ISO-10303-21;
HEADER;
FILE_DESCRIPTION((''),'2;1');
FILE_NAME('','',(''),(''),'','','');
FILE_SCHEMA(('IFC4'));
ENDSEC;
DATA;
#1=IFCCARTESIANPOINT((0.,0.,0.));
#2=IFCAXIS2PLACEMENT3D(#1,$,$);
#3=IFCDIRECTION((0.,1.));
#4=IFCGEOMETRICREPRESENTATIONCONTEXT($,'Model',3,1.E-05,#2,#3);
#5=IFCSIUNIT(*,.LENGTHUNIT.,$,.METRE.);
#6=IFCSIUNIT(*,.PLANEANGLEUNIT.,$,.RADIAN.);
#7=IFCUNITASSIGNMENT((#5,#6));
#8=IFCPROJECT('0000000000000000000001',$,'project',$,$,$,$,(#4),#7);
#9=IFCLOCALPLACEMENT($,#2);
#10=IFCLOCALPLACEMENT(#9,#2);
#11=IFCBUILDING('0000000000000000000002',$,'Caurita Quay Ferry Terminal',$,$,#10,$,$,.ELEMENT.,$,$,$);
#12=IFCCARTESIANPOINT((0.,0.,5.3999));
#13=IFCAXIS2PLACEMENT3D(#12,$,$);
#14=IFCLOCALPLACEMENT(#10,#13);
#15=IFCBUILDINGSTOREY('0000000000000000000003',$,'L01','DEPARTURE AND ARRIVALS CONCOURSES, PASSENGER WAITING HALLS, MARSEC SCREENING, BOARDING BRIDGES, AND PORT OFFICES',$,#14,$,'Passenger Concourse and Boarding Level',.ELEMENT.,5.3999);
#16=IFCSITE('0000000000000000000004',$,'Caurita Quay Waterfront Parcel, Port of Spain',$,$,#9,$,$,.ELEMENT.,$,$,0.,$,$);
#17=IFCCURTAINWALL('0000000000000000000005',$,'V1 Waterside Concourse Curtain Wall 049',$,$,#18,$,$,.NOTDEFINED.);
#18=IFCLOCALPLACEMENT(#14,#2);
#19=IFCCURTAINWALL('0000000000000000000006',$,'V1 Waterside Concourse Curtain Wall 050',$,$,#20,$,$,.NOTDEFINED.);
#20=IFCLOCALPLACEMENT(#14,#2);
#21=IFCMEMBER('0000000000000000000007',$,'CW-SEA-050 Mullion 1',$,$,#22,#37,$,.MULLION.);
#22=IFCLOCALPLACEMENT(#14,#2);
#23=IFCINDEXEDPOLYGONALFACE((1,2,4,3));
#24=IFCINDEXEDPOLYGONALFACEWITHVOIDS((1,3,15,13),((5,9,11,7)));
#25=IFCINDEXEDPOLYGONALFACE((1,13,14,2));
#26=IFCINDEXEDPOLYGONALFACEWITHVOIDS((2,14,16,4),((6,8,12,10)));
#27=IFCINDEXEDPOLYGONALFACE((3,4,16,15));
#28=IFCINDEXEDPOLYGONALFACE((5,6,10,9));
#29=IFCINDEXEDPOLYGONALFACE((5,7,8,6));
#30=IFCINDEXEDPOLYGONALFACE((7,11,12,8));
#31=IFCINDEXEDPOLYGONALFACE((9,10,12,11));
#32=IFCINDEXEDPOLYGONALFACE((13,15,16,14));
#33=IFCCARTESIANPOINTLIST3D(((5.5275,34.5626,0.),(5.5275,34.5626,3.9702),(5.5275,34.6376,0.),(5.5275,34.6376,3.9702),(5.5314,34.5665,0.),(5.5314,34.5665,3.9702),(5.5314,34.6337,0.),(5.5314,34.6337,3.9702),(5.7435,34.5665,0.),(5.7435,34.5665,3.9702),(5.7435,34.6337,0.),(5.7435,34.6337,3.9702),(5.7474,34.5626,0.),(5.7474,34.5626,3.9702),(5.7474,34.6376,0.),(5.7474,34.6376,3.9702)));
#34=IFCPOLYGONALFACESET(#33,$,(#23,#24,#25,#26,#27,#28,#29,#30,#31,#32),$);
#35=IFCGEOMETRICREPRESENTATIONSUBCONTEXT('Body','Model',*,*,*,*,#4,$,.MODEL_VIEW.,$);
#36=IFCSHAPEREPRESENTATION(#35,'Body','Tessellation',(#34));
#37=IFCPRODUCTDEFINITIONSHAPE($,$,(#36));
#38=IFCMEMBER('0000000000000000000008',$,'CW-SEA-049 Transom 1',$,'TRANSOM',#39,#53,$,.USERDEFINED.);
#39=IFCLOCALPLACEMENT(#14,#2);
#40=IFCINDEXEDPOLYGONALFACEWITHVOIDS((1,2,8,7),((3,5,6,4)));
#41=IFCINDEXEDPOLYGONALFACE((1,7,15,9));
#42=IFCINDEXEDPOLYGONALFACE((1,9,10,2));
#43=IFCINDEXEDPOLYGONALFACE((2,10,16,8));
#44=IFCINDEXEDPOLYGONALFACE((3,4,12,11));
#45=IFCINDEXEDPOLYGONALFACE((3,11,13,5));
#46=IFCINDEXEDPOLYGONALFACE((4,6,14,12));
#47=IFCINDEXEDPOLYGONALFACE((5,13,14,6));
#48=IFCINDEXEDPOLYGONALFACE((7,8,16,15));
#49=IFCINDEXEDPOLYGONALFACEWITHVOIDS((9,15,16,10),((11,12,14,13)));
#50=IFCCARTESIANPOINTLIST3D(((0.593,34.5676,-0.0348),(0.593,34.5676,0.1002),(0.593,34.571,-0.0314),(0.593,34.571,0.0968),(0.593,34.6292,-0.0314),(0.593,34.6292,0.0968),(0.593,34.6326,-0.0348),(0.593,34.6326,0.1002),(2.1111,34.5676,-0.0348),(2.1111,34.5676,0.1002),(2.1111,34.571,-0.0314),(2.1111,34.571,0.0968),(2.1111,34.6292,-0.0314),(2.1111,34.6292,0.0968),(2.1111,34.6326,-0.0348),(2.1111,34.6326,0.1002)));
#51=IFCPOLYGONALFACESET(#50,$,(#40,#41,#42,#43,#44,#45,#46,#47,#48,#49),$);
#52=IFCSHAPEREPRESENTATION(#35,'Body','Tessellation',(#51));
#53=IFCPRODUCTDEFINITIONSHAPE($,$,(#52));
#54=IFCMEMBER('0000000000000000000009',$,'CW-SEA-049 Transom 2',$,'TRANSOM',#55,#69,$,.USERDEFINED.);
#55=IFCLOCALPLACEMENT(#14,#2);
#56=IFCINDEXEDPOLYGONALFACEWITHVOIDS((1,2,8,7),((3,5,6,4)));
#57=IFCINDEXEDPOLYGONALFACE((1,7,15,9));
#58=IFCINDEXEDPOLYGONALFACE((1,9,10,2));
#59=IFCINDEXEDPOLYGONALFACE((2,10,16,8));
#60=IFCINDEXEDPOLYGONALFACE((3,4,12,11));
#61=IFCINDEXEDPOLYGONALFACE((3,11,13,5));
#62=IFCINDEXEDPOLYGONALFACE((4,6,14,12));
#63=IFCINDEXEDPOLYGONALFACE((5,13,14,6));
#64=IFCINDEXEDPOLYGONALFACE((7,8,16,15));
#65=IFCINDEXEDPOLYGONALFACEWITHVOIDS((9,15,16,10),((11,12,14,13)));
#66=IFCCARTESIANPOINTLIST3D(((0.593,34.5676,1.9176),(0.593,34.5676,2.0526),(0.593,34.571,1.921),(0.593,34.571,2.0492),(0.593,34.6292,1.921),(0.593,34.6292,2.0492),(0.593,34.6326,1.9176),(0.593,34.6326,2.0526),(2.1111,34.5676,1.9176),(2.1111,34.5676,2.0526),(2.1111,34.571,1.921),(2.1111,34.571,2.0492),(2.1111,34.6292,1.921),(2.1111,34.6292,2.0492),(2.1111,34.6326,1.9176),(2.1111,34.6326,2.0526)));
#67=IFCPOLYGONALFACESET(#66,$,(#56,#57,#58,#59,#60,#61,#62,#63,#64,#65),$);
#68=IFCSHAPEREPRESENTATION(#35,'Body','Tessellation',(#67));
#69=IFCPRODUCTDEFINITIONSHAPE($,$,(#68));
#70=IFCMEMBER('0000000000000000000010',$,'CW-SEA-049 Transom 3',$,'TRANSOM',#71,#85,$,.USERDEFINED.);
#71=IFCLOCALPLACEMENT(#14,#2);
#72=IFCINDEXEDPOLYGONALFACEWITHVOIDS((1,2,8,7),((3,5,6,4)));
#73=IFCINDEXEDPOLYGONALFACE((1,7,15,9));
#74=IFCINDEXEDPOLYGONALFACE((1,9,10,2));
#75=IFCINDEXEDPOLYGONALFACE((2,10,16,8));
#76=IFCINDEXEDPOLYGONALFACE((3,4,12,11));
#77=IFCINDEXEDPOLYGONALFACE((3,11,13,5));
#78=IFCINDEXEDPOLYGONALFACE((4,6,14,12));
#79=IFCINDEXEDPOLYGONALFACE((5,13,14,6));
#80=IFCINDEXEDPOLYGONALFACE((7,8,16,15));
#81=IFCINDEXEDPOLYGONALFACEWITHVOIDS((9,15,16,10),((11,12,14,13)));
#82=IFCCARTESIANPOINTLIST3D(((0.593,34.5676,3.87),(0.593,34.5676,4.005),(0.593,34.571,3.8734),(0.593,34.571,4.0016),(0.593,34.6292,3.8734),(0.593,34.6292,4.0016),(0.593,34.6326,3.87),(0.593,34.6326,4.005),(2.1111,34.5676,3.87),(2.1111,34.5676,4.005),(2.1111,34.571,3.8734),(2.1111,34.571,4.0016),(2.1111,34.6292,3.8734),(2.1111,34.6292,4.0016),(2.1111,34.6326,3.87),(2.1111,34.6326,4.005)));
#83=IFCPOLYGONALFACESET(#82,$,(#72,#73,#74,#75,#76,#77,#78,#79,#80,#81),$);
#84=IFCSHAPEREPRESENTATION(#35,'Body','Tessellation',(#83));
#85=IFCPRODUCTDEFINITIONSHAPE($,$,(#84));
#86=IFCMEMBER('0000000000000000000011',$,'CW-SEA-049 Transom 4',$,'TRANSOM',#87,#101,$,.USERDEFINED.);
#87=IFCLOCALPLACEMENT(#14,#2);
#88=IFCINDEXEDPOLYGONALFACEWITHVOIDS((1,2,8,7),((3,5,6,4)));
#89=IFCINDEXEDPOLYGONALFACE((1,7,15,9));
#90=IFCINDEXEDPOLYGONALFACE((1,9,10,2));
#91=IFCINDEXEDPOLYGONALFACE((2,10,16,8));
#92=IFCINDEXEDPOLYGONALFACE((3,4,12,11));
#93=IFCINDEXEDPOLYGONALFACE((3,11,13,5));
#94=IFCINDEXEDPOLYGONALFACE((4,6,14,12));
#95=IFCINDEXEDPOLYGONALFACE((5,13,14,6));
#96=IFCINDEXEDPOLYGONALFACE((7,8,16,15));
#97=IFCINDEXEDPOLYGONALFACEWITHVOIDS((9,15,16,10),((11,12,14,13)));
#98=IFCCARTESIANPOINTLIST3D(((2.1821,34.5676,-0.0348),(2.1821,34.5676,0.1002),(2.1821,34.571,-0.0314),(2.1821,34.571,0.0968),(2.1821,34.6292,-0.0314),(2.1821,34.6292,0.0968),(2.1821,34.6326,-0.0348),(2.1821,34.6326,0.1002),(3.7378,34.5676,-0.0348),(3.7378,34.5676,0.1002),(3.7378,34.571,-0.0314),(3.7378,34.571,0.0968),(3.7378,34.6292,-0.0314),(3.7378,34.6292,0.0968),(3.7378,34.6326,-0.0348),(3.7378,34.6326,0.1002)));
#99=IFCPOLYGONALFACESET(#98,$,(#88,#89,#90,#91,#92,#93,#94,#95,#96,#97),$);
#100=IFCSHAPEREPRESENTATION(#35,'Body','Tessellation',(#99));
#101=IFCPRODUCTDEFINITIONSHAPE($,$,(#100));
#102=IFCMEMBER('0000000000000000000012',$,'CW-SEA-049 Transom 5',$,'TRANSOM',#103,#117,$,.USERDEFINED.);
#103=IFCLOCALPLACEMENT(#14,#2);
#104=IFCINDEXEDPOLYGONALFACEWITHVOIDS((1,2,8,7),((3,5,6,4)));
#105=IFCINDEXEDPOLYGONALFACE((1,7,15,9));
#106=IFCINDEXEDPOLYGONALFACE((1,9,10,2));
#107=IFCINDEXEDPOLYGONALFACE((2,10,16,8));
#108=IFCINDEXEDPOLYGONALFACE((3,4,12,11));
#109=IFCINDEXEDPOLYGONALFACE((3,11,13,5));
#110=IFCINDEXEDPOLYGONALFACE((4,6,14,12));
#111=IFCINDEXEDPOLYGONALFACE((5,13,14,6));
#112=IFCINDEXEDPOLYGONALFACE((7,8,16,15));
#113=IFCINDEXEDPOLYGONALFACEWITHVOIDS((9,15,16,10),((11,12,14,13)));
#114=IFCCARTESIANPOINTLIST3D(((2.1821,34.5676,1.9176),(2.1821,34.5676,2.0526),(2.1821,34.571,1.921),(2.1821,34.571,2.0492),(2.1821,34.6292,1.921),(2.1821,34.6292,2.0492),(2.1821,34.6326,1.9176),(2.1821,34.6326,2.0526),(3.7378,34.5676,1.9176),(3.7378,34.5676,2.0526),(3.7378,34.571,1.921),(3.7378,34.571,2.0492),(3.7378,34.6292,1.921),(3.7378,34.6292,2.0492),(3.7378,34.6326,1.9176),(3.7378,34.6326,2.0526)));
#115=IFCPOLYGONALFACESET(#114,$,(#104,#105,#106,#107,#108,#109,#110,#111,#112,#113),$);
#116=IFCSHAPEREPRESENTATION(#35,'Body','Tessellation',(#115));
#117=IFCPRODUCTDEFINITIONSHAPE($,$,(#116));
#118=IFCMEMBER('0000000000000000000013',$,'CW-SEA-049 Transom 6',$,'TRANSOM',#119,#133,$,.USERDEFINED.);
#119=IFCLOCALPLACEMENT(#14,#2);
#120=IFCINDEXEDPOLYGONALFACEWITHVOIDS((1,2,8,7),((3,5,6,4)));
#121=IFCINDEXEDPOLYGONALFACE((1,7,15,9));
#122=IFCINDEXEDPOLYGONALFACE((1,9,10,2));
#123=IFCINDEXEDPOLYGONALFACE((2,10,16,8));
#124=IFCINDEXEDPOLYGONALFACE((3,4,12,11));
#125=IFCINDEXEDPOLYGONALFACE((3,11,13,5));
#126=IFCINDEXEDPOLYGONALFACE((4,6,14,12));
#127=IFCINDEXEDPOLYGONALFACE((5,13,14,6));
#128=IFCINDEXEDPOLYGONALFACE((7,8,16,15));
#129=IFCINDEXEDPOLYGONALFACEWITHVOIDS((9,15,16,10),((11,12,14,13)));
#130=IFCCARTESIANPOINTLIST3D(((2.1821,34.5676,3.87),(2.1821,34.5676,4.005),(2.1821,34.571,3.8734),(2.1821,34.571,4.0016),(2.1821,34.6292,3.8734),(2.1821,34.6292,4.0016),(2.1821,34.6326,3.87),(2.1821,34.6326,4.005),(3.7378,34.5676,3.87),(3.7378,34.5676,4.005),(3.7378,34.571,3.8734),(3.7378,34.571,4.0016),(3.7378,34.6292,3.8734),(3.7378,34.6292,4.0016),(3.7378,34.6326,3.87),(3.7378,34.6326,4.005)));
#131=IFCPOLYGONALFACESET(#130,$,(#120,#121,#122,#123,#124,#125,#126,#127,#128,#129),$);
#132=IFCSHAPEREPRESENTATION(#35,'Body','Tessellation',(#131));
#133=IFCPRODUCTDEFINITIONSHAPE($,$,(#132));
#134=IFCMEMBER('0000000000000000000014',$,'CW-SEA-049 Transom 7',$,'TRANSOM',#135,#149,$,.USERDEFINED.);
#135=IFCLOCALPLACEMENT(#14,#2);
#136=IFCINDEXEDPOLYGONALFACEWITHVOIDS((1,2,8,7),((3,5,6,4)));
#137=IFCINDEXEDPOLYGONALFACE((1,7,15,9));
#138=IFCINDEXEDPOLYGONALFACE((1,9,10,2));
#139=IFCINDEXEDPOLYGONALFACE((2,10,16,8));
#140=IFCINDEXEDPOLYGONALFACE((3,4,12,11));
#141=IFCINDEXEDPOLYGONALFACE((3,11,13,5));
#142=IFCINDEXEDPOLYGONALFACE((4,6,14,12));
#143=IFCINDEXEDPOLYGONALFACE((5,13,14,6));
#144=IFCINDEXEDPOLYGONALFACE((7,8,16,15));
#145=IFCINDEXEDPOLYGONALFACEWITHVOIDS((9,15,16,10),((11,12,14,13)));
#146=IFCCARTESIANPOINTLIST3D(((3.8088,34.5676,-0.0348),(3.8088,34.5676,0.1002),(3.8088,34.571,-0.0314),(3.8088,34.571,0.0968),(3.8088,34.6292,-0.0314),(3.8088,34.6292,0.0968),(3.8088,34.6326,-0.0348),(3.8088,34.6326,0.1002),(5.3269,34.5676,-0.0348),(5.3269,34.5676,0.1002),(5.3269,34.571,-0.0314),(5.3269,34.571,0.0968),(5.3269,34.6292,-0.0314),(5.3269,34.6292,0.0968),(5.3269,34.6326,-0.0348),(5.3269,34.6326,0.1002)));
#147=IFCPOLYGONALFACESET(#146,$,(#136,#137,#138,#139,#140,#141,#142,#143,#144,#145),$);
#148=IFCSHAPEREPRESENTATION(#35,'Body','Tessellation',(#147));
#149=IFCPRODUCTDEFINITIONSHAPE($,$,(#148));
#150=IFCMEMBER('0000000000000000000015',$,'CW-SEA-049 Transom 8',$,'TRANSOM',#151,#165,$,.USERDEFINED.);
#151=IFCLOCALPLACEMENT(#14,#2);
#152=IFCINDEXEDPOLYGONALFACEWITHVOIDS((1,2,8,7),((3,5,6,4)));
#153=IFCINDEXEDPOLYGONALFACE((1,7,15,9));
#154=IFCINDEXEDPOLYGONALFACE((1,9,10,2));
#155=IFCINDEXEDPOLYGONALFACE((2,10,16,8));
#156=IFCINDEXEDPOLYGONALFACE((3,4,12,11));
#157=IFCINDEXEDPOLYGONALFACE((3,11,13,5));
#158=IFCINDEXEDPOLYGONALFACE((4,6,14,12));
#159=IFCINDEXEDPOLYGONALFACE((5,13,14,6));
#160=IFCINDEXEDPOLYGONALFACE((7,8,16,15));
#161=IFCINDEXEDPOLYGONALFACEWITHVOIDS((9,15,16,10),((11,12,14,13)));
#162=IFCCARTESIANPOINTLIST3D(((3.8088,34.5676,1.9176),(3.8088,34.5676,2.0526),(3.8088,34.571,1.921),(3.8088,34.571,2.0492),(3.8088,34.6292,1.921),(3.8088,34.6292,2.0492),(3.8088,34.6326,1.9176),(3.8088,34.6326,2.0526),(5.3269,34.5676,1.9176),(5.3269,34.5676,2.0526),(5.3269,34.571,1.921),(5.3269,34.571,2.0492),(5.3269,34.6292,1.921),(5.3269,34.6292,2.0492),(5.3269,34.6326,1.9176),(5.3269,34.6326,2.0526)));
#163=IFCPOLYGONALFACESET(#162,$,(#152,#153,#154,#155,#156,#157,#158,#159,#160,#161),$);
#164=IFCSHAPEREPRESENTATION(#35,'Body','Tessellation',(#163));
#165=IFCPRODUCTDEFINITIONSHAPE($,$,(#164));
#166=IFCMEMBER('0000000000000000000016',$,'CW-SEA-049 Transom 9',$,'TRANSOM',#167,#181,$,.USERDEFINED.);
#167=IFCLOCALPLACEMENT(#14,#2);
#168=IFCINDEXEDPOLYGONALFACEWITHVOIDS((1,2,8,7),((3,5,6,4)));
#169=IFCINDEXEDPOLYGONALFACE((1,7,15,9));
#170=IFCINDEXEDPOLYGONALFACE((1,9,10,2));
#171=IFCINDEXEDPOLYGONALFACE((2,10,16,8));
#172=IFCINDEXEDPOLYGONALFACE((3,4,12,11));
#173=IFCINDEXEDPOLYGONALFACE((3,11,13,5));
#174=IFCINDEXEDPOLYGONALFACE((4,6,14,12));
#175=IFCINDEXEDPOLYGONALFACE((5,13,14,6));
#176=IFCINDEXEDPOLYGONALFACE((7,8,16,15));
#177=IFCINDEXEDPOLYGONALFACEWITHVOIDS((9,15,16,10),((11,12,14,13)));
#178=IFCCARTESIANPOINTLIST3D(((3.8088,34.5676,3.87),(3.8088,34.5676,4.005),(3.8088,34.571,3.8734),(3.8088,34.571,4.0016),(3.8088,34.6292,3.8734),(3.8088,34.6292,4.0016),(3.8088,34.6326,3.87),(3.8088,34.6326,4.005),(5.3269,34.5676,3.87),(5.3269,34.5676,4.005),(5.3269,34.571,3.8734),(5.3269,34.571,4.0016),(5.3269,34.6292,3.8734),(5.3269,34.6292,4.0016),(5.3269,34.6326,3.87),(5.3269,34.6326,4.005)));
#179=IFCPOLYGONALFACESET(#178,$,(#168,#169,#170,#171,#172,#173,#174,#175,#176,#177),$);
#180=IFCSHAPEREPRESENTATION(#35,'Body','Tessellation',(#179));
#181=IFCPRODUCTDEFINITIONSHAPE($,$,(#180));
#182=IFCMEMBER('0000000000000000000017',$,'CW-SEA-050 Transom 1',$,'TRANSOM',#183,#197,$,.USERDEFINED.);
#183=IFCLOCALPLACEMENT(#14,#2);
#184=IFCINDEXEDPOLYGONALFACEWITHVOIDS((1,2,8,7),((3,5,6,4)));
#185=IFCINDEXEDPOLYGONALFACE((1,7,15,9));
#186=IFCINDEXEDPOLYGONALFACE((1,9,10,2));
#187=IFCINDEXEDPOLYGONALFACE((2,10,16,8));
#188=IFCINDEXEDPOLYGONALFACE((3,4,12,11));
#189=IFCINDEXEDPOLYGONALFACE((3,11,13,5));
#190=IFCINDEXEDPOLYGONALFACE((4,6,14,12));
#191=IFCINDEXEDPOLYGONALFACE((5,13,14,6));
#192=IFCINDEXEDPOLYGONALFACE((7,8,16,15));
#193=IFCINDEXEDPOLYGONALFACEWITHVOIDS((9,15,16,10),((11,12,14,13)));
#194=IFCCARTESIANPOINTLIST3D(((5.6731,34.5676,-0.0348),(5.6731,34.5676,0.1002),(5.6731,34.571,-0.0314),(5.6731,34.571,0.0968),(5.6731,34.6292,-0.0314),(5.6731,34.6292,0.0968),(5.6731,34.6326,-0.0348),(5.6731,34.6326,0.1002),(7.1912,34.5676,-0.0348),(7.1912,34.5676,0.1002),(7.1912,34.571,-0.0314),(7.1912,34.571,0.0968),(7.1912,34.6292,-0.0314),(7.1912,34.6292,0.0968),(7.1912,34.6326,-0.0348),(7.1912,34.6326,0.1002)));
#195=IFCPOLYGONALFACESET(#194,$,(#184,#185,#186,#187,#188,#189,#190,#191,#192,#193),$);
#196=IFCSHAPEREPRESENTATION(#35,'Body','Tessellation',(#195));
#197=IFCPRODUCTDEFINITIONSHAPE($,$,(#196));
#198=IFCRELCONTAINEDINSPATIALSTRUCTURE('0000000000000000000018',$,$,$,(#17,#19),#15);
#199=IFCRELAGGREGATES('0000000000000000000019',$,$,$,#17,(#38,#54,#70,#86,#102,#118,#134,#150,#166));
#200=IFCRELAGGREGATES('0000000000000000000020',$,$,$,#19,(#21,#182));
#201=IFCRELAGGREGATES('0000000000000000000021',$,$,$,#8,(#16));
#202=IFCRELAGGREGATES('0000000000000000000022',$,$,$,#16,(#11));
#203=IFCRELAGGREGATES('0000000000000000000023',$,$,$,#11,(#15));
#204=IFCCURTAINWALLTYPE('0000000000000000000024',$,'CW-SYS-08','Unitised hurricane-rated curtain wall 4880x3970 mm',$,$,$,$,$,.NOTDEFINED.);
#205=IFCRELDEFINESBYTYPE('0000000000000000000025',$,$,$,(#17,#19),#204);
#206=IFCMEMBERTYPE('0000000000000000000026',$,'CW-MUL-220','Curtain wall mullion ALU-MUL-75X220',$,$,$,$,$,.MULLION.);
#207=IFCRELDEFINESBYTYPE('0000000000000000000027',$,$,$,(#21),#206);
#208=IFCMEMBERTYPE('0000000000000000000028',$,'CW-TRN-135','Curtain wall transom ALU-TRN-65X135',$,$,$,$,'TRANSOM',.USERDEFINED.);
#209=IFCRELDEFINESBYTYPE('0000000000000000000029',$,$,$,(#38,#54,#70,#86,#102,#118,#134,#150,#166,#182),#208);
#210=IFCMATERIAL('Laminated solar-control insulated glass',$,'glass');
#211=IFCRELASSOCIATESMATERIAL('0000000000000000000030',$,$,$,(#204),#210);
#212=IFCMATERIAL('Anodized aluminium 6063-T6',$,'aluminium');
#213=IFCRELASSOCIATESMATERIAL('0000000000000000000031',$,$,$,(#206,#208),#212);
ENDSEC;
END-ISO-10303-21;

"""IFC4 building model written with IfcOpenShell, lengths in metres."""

from ifc_helpers import new_model, si_unit, direction, frame, origin, origin_2d, place, context, subcontext, project, spatial, hollow_rectangle, extrude, material, material_profile, profile_set, type_object, element, aggregate, save


model = new_model("IFC4")

# Units and contexts
model_context = context("Model", 3, precision=1e-05, world=origin(), true_north=direction((0.0, 1.0)))
body_context = subcontext(model_context, "Body", "Model", "MODEL_VIEW")
ifc_project = project(units=[si_unit("LENGTHUNIT", "METRE"), si_unit("PLANEANGLEUNIT", "RADIAN")], contexts=[model_context])

# Site, building, storey
site_placement = place(None, origin())
site = spatial("IfcSite", under=ifc_project, at=site_placement, Name="Caurita Quay Waterfront Parcel, Port of Spain", CompositionType="ELEMENT", RefElevation=0.0)
building_placement = place(site_placement, origin())
building = spatial("IfcBuilding", under=site, at=building_placement, Name="Caurita Quay Ferry Terminal", CompositionType="ELEMENT")
storey_placement = place(building_placement, frame((0.0, 0.0, 5.3999)))
storey = spatial("IfcBuildingStorey", under=building, at=storey_placement, Name="L01", Description="DEPARTURE AND ARRIVALS CONCOURSES, PASSENGER WAITING HALLS, MARSEC SCREENING, BOARDING BRIDGES, AND PORT OFFICES", LongName="Passenger Concourse and Boarding Level", CompositionType="ELEMENT", Elevation=5.3999)

# Curtain wall
ifc_material_1 = material(Name="Laminated solar-control insulated glass", Category="glass")
curtain_wall_type = type_object("IfcCurtainWallType", Name="CW-SYS-08", Description="Unitised hurricane-rated curtain wall 4880x3970 mm", PredefinedType="NOTDEFINED", material=ifc_material_1)
curtain_wall_1_placement = place(storey_placement, origin())
curtain_wall_1 = element("IfcCurtainWall", 1, at=curtain_wall_1_placement, inside=storey, type_object=curtain_wall_type, Name="V1 Waterside Concourse Curtain Wall 049", PredefinedType="NOTDEFINED")
ifc_material_2 = material(Name="Anodized aluminium 6063-T6", Category="aluminium")
ifc_material_profile_1 = material_profile(ifc_material_2, hollow_rectangle(XDim=0.075, YDim=0.22, WallThickness=0.0039, at=origin_2d()), Name="ALU-MUL-75X220")
ifc_profile_set_1 = profile_set([ifc_material_profile_1], Name="Anodized aluminium 6063-T6")
member_type_1 = type_object("IfcMemberType", Name="CW-MUL-220", Description="Curtain wall mullion ALU-MUL-75X220", PredefinedType="MULLION", material=ifc_profile_set_1)

# Curtain wall, member
curtain_wall_2_placement = place(storey_placement, origin())
curtain_wall_2 = element("IfcCurtainWall", 2, at=curtain_wall_2_placement, inside=storey, type_object=curtain_wall_type, Name="V1 Waterside Concourse Curtain Wall 050", PredefinedType="NOTDEFINED")
member_1_placement = place(storey_placement, frame((5.6375, 34.6001, 0.0), z_axis=(0.0, 0.0, 1.0), x_axis=(0.0, 1.0, 0.0)))
member_1 = element("IfcMember", 3, at=member_1_placement, type_object=member_type_1, Name="CW-SEA-050 Mullion 1", PredefinedType="MULLION", context=body_context, shape_type="SweptSolid", body=[
    extrude(hollow_rectangle(XDim=0.075, YDim=0.22, WallThickness=0.0039, at=origin_2d()), origin(), (0.0, 0.0, 1.0), 3.9702),
])

# Members
ifc_material_profile_2 = material_profile(ifc_material_2, hollow_rectangle(XDim=0.0649, YDim=0.135, WallThickness=0.0034, at=origin_2d()), Name="ALU-TRN-65X135")
ifc_profile_set_2 = profile_set([ifc_material_profile_2], Name="Anodized aluminium 6063-T6")
member_type_2 = type_object("IfcMemberType", Name="CW-TRN-135", Description="Curtain wall transom ALU-TRN-65X135", ElementType="TRANSOM", PredefinedType="USERDEFINED", material=ifc_profile_set_2)
member_2_placement = place(storey_placement, frame((0.593, 34.6001, 0.0327), z_axis=(1.0, 0.0, 0.0), x_axis=(0.0, 1.0, 0.0)))
member_2 = element("IfcMember", 4, at=member_2_placement, type_object=member_type_2, Name="CW-SEA-049 Transom 1", ObjectType="TRANSOM", PredefinedType="USERDEFINED", context=body_context, shape_type="SweptSolid", body=[
    extrude(hollow_rectangle(XDim=0.0649, YDim=0.135, WallThickness=0.0034, at=origin_2d()), origin(), (0.0, 0.0, 1.0), 1.5181),
])
member_3_placement = place(storey_placement, frame((0.593, 34.6001, 1.9851), z_axis=(1.0, 0.0, 0.0), x_axis=(0.0, 1.0, 0.0)))
member_3 = element("IfcMember", 5, at=member_3_placement, type_object=member_type_2, Name="CW-SEA-049 Transom 2", ObjectType="TRANSOM", PredefinedType="USERDEFINED", context=body_context, shape_type="SweptSolid", body=[
    extrude(hollow_rectangle(XDim=0.0649, YDim=0.135, WallThickness=0.0034, at=origin_2d()), origin(), (0.0, 0.0, 1.0), 1.5181),
])
member_4_placement = place(storey_placement, frame((0.593, 34.6001, 3.9375), z_axis=(1.0, 0.0, 0.0), x_axis=(0.0, 1.0, 0.0)))
member_4 = element("IfcMember", 6, at=member_4_placement, type_object=member_type_2, Name="CW-SEA-049 Transom 3", ObjectType="TRANSOM", PredefinedType="USERDEFINED", context=body_context, shape_type="SweptSolid", body=[
    extrude(hollow_rectangle(XDim=0.0649, YDim=0.135, WallThickness=0.0034, at=origin_2d()), origin(), (0.0, 0.0, 1.0), 1.5181),
])
member_5_placement = place(storey_placement, frame((2.1821, 34.6001, 0.0327), z_axis=(1.0, 0.0, 0.0), x_axis=(0.0, 1.0, 0.0)))
member_5 = element("IfcMember", 7, at=member_5_placement, type_object=member_type_2, Name="CW-SEA-049 Transom 4", ObjectType="TRANSOM", PredefinedType="USERDEFINED", context=body_context, shape_type="SweptSolid", body=[
    extrude(hollow_rectangle(XDim=0.0649, YDim=0.135, WallThickness=0.0034, at=origin_2d()), origin(), (0.0, 0.0, 1.0), 1.5557),
])
member_6_placement = place(storey_placement, frame((2.1821, 34.6001, 1.9851), z_axis=(1.0, 0.0, 0.0), x_axis=(0.0, 1.0, 0.0)))
member_6 = element("IfcMember", 8, at=member_6_placement, type_object=member_type_2, Name="CW-SEA-049 Transom 5", ObjectType="TRANSOM", PredefinedType="USERDEFINED", context=body_context, shape_type="SweptSolid", body=[
    extrude(hollow_rectangle(XDim=0.0649, YDim=0.135, WallThickness=0.0034, at=origin_2d()), origin(), (0.0, 0.0, 1.0), 1.5557),
])
member_7_placement = place(storey_placement, frame((2.1821, 34.6001, 3.9375), z_axis=(1.0, 0.0, 0.0), x_axis=(0.0, 1.0, 0.0)))
member_7 = element("IfcMember", 9, at=member_7_placement, type_object=member_type_2, Name="CW-SEA-049 Transom 6", ObjectType="TRANSOM", PredefinedType="USERDEFINED", context=body_context, shape_type="SweptSolid", body=[
    extrude(hollow_rectangle(XDim=0.0649, YDim=0.135, WallThickness=0.0034, at=origin_2d()), origin(), (0.0, 0.0, 1.0), 1.5557),
])
member_8_placement = place(storey_placement, frame((3.8088, 34.6001, 0.0327), z_axis=(1.0, 0.0, 0.0), x_axis=(0.0, 1.0, 0.0)))
member_8 = element("IfcMember", 10, at=member_8_placement, type_object=member_type_2, Name="CW-SEA-049 Transom 7", ObjectType="TRANSOM", PredefinedType="USERDEFINED", context=body_context, shape_type="SweptSolid", body=[
    extrude(hollow_rectangle(XDim=0.0649, YDim=0.135, WallThickness=0.0034, at=origin_2d()), origin(), (0.0, 0.0, 1.0), 1.5181),
])
member_9_placement = place(storey_placement, frame((3.8088, 34.6001, 1.9851), z_axis=(1.0, 0.0, 0.0), x_axis=(0.0, 1.0, 0.0)))
member_9 = element("IfcMember", 11, at=member_9_placement, type_object=member_type_2, Name="CW-SEA-049 Transom 8", ObjectType="TRANSOM", PredefinedType="USERDEFINED", context=body_context, shape_type="SweptSolid", body=[
    extrude(hollow_rectangle(XDim=0.0649, YDim=0.135, WallThickness=0.0034, at=origin_2d()), origin(), (0.0, 0.0, 1.0), 1.5181),
])
member_10_placement = place(storey_placement, frame((3.8088, 34.6001, 3.9375), z_axis=(1.0, 0.0, 0.0), x_axis=(0.0, 1.0, 0.0)))
member_10 = element("IfcMember", 12, at=member_10_placement, type_object=member_type_2, Name="CW-SEA-049 Transom 9", ObjectType="TRANSOM", PredefinedType="USERDEFINED", context=body_context, shape_type="SweptSolid", body=[
    extrude(hollow_rectangle(XDim=0.0649, YDim=0.135, WallThickness=0.0034, at=origin_2d()), origin(), (0.0, 0.0, 1.0), 1.5181),
])
member_11_placement = place(storey_placement, frame((5.6731, 34.6001, 0.0327), z_axis=(1.0, 0.0, 0.0), x_axis=(0.0, 1.0, 0.0)))
member_11 = element("IfcMember", 13, at=member_11_placement, type_object=member_type_2, Name="CW-SEA-050 Transom 1", ObjectType="TRANSOM", PredefinedType="USERDEFINED", context=body_context, shape_type="SweptSolid", body=[
    extrude(hollow_rectangle(XDim=0.0649, YDim=0.135, WallThickness=0.0034, at=origin_2d()), origin(), (0.0, 0.0, 1.0), 1.5181),
])

aggregate(curtain_wall_1, [member_2, member_3, member_4, member_5, member_6, member_7, member_8, member_9, member_10])
aggregate(curtain_wall_2, [member_1, member_11])

save(model, "model.ifc")
